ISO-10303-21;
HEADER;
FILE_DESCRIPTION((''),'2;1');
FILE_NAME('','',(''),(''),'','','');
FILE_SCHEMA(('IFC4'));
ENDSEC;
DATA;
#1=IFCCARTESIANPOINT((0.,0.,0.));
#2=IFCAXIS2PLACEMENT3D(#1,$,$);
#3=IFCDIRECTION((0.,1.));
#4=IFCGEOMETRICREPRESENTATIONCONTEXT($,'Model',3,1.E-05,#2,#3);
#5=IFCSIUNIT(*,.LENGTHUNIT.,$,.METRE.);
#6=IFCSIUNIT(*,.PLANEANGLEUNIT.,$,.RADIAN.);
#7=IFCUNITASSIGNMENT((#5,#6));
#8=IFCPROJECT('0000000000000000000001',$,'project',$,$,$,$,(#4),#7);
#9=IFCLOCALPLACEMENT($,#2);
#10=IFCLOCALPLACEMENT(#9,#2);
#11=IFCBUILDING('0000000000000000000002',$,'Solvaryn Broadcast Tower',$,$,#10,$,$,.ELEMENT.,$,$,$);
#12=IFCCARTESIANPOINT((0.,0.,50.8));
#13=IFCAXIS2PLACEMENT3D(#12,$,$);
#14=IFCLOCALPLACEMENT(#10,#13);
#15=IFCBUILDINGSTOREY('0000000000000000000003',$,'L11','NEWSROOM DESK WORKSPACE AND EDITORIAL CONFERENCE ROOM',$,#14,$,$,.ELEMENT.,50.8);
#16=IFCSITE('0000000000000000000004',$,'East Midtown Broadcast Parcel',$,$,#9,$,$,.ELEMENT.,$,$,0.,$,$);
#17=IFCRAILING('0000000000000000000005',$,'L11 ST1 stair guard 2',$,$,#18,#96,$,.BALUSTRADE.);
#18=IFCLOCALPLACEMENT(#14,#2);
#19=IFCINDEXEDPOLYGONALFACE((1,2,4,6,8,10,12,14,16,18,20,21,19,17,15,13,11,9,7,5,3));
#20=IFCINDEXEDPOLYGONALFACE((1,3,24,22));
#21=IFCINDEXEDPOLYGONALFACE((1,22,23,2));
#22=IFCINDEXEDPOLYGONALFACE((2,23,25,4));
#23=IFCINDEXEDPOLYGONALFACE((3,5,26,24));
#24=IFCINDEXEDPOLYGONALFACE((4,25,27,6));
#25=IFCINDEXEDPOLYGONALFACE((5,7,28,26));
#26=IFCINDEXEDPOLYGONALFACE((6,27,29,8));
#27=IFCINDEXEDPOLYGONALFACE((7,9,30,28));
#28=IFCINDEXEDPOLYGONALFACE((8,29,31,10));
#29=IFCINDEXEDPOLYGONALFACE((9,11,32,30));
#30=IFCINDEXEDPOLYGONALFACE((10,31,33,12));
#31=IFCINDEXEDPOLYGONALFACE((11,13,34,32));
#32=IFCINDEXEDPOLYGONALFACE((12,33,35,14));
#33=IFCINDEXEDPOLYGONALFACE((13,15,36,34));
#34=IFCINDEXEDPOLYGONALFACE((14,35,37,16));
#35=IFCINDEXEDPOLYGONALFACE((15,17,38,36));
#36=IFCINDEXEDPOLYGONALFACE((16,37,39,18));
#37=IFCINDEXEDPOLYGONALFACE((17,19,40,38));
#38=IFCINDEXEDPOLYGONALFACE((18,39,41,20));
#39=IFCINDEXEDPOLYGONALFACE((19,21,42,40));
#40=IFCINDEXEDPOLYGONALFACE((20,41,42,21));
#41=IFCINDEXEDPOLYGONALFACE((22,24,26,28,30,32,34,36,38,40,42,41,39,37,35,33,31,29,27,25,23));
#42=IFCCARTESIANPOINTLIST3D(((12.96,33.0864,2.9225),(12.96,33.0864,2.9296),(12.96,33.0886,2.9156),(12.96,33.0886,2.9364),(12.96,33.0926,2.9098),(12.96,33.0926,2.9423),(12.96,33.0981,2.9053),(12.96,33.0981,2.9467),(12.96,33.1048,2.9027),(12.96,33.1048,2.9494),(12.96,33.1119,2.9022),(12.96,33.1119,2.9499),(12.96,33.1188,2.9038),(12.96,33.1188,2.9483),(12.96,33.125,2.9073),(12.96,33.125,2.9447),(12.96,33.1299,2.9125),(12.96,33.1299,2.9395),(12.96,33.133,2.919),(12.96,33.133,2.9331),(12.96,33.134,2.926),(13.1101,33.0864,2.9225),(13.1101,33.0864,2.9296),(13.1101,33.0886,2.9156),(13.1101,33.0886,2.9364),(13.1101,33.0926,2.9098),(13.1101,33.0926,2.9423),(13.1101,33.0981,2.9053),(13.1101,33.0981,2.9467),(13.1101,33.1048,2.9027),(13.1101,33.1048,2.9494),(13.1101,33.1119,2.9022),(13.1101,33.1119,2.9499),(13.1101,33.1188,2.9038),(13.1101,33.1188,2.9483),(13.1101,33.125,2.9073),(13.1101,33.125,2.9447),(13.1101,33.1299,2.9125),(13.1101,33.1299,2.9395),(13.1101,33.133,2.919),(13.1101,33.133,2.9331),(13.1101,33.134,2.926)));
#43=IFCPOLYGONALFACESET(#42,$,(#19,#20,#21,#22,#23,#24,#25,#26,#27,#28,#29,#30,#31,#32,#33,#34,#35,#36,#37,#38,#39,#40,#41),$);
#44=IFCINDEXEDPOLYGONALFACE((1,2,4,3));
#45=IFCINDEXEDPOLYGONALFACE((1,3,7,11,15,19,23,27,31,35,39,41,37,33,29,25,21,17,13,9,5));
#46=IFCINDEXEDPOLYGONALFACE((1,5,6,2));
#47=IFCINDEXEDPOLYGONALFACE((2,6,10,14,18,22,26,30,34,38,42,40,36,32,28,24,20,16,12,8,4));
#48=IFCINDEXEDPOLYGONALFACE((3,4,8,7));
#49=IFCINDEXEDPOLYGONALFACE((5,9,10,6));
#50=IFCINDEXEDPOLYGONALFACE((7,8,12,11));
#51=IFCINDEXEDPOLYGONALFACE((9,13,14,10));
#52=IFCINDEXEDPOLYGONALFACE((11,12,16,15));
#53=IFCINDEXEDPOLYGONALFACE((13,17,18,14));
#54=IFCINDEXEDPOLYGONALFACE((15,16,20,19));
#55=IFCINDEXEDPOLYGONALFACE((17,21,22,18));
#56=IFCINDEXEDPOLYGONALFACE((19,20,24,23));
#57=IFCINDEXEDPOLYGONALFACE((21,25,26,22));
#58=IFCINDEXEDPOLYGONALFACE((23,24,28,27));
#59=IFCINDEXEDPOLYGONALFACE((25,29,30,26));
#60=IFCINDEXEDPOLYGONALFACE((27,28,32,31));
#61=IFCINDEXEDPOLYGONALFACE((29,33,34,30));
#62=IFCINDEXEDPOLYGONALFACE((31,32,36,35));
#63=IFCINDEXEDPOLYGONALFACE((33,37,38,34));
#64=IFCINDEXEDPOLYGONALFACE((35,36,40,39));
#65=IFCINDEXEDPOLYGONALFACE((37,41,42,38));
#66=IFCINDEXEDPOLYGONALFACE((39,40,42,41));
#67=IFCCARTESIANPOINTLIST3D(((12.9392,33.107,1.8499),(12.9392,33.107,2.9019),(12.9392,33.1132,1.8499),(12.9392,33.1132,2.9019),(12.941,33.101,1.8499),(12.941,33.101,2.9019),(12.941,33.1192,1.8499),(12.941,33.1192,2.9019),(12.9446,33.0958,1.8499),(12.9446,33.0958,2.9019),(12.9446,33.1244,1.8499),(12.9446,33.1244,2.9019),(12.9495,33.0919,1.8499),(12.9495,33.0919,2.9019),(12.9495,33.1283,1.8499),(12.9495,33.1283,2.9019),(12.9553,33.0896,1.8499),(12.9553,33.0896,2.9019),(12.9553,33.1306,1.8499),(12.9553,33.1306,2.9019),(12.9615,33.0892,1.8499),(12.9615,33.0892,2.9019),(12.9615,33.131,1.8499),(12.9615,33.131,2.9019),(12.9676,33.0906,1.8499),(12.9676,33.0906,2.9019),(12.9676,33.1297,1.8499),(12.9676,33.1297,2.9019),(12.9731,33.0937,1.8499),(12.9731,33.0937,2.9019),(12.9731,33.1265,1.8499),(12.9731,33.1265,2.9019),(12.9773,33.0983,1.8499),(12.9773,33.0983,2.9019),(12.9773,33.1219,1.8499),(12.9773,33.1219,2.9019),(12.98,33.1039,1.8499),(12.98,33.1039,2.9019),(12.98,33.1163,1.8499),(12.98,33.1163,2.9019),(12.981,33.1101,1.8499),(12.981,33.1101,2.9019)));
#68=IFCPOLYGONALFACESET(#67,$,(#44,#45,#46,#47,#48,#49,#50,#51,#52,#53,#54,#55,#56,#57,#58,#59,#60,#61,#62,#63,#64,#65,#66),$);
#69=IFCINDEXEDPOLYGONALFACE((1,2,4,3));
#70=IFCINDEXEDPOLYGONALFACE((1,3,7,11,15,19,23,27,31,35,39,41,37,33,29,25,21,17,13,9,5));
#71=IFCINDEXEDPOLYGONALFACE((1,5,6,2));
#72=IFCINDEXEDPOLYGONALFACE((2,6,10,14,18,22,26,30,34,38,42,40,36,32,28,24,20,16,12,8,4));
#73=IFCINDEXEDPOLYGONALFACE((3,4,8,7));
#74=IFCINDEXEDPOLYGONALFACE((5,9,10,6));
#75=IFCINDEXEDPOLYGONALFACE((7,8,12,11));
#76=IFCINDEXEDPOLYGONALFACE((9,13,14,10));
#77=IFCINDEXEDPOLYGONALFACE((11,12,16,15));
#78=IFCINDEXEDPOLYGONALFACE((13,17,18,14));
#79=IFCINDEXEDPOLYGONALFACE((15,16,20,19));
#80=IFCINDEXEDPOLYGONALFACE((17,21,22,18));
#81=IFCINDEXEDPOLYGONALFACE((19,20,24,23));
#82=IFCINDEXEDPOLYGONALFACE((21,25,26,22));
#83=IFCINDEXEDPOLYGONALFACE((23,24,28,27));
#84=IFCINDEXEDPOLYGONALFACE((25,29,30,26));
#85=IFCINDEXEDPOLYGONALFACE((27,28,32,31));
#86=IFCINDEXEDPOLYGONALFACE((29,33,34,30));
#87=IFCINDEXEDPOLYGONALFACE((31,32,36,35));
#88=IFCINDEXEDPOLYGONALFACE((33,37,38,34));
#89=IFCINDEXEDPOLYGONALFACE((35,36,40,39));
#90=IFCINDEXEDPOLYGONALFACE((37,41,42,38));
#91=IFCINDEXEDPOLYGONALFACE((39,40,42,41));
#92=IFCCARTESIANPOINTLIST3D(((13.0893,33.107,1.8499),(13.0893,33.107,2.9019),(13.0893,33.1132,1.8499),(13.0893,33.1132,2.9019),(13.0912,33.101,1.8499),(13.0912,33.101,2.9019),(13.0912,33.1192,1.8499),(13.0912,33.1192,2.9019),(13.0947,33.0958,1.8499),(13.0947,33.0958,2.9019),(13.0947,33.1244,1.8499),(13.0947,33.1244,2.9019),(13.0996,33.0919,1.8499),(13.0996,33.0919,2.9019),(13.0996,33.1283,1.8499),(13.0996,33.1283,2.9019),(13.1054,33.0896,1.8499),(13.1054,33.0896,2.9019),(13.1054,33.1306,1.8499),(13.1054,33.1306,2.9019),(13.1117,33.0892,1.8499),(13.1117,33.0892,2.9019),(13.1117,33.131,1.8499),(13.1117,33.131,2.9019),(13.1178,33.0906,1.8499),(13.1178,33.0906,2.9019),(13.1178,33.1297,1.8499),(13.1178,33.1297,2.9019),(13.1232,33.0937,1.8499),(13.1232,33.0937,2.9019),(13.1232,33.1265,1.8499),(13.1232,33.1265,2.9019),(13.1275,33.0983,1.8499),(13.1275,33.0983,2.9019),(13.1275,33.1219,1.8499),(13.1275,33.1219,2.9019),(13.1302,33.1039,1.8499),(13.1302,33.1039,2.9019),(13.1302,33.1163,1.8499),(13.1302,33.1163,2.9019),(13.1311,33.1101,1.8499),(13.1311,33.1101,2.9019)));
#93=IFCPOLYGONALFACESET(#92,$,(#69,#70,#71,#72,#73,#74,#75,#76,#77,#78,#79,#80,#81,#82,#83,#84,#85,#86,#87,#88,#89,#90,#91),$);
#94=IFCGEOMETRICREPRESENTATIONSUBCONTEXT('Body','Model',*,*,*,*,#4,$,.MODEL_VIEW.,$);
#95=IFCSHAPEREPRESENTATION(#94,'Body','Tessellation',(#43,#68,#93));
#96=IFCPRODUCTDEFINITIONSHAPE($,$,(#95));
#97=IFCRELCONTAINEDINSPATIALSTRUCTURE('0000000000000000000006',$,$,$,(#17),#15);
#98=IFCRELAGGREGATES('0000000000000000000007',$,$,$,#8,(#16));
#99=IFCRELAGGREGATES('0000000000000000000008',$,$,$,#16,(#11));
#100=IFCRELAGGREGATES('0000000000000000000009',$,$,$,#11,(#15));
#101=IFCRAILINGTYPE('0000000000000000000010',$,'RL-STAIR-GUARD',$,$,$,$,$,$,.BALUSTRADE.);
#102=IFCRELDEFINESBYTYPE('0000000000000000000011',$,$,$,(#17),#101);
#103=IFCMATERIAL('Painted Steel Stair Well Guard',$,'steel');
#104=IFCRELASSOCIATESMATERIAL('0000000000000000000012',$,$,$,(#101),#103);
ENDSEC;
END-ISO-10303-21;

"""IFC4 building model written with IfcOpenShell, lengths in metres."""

from ifc_helpers import new_model, si_unit, direction, frame, origin, origin_2d, place, context, subcontext, project, spatial, circle, extrude, material, type_object, element, save


model = new_model("IFC4")

# Units and contexts
model_context = context("Model", 3, precision=1e-05, world=origin(), true_north=direction((0.0, 1.0)))
body_context = subcontext(model_context, "Body", "Model", "MODEL_VIEW")
ifc_project = project(units=[si_unit("LENGTHUNIT", "METRE"), si_unit("PLANEANGLEUNIT", "RADIAN")], contexts=[model_context])

# Site, building, storey
site_placement = place(None, origin())
site = spatial("IfcSite", under=ifc_project, at=site_placement, Name="East Midtown Broadcast Parcel", CompositionType="ELEMENT", RefElevation=0.0)
building_placement = place(site_placement, origin())
building = spatial("IfcBuilding", under=site, at=building_placement, Name="Solvaryn Broadcast Tower", CompositionType="ELEMENT")
storey_placement = place(building_placement, frame((0.0, 0.0, 50.8)))
storey = spatial("IfcBuildingStorey", under=building, at=storey_placement, Name="L11", Description="NEWSROOM DESK WORKSPACE AND EDITORIAL CONFERENCE ROOM", CompositionType="ELEMENT", Elevation=50.8)

# Railing
ifc_material_1 = material(Name="Painted Steel Stair Well Guard", Category="steel")
railing_type_1 = type_object("IfcRailingType", Name="RL-STAIR-GUARD", PredefinedType="BALUSTRADE", material=ifc_material_1)
railing_1_placement = place(storey_placement, frame((12.96, 33.1101, 1.8499)))
element("IfcRailing", 1, at=railing_1_placement, inside=storey, type_object=railing_type_1, Name="L11 ST1 stair guard 2", PredefinedType="BALUSTRADE", context=body_context, shape_type="SweptSolid", body=[
    extrude(circle(Radius=0.0239, at=origin_2d()), frame((0.0, 0.0, 1.0762), z_axis=(1.0, 0.0, 0.0), x_axis=(0.0, 1.0, 0.0)), (0.0, 0.0, 1.0), 0.1501),
    extrude(circle(Radius=0.021, at=origin_2d()), origin(), (0.0, 0.0, 1.0), 1.052),
    extrude(circle(Radius=0.021, at=origin_2d()), frame((0.1501, 0.0, 0.0)), (0.0, 0.0, 1.0), 1.052),
])

save(model, "model.ifc")
